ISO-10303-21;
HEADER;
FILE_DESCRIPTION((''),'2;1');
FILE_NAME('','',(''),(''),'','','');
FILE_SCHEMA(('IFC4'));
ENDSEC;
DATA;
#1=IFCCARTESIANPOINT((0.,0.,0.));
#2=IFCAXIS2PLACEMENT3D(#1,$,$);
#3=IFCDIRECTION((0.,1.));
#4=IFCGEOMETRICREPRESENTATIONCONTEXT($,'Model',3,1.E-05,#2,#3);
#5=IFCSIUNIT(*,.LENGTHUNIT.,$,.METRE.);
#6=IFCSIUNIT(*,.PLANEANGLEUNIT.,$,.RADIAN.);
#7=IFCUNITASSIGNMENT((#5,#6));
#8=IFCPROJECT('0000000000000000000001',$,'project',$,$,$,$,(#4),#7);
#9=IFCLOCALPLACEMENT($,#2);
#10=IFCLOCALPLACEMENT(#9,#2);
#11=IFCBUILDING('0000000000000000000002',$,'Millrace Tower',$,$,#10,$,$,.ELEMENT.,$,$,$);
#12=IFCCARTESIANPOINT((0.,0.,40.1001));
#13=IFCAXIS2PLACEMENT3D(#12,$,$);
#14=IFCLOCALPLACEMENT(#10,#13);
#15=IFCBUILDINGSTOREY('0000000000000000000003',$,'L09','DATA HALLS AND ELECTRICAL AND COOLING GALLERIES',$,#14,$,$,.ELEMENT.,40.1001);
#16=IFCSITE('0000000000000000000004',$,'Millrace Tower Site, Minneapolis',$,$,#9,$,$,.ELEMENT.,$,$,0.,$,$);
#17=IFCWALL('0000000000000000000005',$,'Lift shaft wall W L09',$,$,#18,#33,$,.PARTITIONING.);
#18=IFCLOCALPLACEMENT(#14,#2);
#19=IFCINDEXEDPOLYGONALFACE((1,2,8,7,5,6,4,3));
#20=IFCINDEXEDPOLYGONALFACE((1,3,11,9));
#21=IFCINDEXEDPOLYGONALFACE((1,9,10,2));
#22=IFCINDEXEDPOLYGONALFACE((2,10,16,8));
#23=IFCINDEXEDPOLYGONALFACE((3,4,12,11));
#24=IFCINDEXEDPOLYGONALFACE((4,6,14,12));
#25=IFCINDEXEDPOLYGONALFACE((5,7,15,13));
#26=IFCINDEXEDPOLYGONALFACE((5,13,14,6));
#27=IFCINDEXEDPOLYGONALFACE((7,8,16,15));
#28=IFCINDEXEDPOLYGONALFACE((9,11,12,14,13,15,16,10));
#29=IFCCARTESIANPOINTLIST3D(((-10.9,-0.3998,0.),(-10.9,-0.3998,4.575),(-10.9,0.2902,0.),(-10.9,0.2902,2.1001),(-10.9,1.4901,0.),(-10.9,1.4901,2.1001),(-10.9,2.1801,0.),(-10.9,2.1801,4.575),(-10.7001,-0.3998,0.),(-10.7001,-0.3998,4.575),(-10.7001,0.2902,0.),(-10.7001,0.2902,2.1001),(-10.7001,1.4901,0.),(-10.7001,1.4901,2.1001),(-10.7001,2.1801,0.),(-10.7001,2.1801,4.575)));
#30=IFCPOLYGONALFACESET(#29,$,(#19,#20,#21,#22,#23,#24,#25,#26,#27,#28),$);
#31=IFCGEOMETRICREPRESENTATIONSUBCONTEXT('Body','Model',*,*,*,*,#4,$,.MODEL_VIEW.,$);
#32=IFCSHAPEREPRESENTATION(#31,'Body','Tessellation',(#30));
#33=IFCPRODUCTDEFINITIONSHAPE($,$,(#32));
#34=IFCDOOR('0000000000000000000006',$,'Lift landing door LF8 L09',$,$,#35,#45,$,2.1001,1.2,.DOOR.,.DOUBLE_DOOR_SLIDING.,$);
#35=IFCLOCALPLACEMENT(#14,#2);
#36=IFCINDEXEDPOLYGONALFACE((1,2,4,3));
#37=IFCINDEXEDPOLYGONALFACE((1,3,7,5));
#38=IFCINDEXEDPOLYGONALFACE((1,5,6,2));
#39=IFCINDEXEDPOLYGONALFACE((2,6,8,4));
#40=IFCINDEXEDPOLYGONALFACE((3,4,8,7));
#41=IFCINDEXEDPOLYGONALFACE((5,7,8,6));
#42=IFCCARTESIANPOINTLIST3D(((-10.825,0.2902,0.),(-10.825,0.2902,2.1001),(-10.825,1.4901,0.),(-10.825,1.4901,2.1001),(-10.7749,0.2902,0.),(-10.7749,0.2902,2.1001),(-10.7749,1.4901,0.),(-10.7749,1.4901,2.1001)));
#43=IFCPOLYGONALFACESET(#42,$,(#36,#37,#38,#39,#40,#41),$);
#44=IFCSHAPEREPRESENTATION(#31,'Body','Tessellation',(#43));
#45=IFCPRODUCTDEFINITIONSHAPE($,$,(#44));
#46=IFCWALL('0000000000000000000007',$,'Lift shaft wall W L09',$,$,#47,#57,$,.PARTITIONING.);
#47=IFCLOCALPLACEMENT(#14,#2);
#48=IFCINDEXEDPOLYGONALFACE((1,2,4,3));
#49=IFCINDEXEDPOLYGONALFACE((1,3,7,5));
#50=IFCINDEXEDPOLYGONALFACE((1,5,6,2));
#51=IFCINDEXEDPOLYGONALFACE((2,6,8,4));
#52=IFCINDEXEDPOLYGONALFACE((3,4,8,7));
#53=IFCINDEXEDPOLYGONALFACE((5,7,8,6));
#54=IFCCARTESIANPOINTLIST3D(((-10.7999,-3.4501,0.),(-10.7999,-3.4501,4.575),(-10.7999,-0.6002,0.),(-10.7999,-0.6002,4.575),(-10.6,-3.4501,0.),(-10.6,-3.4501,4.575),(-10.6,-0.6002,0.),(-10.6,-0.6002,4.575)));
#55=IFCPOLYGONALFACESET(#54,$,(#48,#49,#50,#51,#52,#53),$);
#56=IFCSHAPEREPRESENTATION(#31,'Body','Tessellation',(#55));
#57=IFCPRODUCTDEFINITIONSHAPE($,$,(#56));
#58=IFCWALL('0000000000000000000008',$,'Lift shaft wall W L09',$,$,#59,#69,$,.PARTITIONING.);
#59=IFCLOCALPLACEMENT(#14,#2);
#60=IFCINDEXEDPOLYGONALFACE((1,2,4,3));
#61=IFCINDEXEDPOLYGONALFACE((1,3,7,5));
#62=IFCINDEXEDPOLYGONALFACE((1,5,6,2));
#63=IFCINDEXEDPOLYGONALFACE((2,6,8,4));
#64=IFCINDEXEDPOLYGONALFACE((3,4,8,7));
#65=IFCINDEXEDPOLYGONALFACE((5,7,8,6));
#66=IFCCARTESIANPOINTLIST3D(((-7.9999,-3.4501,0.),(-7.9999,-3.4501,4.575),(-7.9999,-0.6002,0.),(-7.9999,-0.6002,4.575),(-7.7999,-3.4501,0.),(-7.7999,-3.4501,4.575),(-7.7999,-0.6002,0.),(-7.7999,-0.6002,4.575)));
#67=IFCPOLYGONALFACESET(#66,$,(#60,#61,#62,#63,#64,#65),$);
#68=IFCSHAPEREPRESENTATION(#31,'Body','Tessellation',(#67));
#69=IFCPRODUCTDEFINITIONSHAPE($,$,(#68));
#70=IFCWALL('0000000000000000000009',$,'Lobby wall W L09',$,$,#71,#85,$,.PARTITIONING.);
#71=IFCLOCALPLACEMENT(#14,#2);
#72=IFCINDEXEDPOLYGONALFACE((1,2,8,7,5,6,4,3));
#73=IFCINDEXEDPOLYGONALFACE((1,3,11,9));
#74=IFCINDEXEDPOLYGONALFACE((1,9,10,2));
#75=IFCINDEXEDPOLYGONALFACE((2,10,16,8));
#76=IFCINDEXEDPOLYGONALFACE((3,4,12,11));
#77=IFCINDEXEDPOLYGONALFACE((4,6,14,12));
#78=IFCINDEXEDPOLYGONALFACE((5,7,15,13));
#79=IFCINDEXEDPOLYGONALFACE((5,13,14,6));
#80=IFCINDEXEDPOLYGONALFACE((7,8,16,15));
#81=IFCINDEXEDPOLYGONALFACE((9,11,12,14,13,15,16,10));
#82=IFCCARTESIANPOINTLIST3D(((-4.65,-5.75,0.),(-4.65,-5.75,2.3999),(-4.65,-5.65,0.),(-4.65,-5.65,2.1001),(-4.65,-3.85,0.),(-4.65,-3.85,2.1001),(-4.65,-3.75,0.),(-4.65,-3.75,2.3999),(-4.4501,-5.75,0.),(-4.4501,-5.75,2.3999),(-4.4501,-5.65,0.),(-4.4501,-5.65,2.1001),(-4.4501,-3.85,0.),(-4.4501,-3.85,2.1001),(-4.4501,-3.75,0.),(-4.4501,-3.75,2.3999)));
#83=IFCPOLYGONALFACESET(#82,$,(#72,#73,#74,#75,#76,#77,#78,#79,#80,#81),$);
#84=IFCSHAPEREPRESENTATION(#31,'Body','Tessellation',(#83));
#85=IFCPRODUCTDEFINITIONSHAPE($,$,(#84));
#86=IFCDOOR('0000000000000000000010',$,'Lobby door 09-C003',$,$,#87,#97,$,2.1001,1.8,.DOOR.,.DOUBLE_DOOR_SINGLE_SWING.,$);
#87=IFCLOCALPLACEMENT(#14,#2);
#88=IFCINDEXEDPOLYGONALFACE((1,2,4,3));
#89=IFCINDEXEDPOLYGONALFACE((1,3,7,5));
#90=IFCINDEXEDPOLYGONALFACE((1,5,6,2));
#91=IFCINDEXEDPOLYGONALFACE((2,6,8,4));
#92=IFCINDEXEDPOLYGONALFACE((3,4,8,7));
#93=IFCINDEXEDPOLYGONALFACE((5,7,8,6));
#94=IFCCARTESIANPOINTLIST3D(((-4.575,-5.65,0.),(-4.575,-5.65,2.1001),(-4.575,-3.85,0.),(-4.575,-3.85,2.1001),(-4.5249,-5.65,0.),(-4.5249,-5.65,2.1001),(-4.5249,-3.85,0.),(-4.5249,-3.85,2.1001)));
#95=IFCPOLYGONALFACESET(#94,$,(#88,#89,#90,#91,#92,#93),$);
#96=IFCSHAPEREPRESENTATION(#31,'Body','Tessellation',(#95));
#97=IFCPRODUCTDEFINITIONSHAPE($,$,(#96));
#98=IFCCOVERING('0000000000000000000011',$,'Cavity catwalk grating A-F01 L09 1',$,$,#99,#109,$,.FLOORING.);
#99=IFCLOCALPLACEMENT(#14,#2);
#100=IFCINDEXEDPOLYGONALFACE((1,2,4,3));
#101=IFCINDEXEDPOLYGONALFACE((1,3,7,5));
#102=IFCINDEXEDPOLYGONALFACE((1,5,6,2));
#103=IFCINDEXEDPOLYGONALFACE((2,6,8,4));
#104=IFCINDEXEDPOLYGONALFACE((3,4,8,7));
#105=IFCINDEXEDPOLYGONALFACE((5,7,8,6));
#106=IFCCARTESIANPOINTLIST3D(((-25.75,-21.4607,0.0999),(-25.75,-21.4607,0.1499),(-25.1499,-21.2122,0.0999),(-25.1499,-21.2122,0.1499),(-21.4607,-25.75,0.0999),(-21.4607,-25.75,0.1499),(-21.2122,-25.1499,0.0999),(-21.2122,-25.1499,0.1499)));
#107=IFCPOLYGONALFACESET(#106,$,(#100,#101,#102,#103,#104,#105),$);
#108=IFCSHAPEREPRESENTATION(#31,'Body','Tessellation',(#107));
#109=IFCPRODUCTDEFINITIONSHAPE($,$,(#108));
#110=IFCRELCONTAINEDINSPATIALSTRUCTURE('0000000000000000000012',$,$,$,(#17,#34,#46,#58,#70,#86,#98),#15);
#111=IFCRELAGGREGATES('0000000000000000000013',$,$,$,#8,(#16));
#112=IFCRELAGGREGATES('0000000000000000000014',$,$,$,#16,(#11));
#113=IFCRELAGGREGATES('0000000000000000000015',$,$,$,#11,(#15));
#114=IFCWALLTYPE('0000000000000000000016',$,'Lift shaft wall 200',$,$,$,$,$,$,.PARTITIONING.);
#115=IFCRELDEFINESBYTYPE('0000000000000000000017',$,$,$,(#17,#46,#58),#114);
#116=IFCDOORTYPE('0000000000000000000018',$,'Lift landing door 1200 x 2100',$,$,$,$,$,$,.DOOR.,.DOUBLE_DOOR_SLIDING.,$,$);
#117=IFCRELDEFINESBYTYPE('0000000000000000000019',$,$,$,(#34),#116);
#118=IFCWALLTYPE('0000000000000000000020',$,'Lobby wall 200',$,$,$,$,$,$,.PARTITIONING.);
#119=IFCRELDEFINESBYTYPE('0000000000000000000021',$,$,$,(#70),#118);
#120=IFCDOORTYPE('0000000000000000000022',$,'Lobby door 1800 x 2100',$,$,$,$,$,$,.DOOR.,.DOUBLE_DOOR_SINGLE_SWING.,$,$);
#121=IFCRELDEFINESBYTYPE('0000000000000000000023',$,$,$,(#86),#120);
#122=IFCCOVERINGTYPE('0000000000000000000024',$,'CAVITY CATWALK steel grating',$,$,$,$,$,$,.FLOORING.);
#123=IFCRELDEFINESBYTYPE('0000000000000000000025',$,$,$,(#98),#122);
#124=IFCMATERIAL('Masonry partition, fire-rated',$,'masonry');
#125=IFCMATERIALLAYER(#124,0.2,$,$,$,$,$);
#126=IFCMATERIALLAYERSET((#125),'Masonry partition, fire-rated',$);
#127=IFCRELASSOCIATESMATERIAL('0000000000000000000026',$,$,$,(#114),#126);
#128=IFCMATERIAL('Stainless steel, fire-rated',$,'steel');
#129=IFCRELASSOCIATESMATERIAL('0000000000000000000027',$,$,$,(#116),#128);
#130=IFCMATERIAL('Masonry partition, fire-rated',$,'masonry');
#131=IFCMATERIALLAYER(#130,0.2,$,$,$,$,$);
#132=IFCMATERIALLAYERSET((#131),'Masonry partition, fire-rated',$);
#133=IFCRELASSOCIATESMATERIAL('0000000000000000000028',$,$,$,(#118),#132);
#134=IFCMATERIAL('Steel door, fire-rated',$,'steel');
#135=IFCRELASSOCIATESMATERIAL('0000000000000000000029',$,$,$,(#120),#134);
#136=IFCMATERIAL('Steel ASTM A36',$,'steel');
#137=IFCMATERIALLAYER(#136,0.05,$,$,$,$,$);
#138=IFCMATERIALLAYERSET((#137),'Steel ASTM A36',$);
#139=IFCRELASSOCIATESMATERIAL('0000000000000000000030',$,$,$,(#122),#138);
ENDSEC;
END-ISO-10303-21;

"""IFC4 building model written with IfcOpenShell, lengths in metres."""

from ifc_helpers import new_model, si_unit, direction, frame, frame_2d, origin, place, context, subcontext, project, spatial, polyline, rectangle, outline, extrude, material, layer, layer_set, type_object, element, fill, save


model = new_model("IFC4")

# Units and contexts
model_context = context("Model", 3, precision=1e-05, world=origin(), true_north=direction((0.0, 1.0)))
body_context = subcontext(model_context, "Body", "Model", "MODEL_VIEW")
ifc_project = project(units=[si_unit("LENGTHUNIT", "METRE"), si_unit("PLANEANGLEUNIT", "RADIAN")], contexts=[model_context])

# Site, building, storey
site_placement = place(None, origin())
site = spatial("IfcSite", under=ifc_project, at=site_placement, Name="Millrace Tower Site, Minneapolis", CompositionType="ELEMENT", RefElevation=0.0)
building_placement = place(site_placement, origin())
building = spatial("IfcBuilding", under=site, at=building_placement, Name="Millrace Tower", CompositionType="ELEMENT")
storey_placement = place(building_placement, frame((0.0, 0.0, 40.1001)))
storey = spatial("IfcBuildingStorey", under=building, at=storey_placement, Name="L09", Description="DATA HALLS AND ELECTRICAL AND COOLING GALLERIES", CompositionType="ELEMENT", Elevation=40.1001)

# Shared definitions
ifc_material_1 = material(Name="Masonry partition, fire-rated", Category="masonry")
ifc_layer_1 = layer(ifc_material_1, 0.2)
ifc_layer_set_1 = layer_set([ifc_layer_1], Name="Masonry partition, fire-rated")
wall_type_1 = type_object("IfcWallType", Name="Lift shaft wall 200", PredefinedType="PARTITIONING", material=ifc_layer_set_1)

# Shared definitions
ifc_material_2 = material(Name="Stainless steel, fire-rated", Category="steel")
door_type_1 = type_object("IfcDoorType", Name="Lift landing door 1200 x 2100", OperationType="DOUBLE_DOOR_SLIDING", PredefinedType="DOOR", material=ifc_material_2)

# Wall, opening, door
wall_1_placement = place(storey_placement, frame((-10.8, -0.3999, 0.0), z_axis=(0.0, 0.0, 1.0), x_axis=(0.0, 1.0, 0.0)))
wall_1 = element("IfcWall", 1, at=wall_1_placement, inside=storey, type_object=wall_type_1, Name="Lift shaft wall W L09", PredefinedType="PARTITIONING", context=body_context, shape_type="SweptSolid", body=[
    extrude(rectangle(XDim=2.5798, YDim=0.2, at=frame_2d((1.29, 0.0))), origin(), (0.0, 0.0, 1.0), 4.575),
])
opening_1_placement = place(wall_1_placement, frame((0.6899, 0.0, 0.0)))
opening_1 = element("IfcOpeningElement", 2, at=opening_1_placement, cuts=wall_1, PredefinedType="OPENING", context=body_context, shape_type="SweptSolid", body=[
    extrude(rectangle(XDim=1.2, YDim=2.1001, at=frame_2d((0.6001, 1.05))), frame((0.0, 0.1099, 0.0), z_axis=(0.0, -1.0, 0.0), x_axis=(1.0, 0.0, 0.0)), (0.0, 0.0, 1.0), 0.22),
])
door_1_placement = place(opening_1_placement, origin())
door_1 = element("IfcDoor", 3, at=door_1_placement, inside=storey, type_object=door_type_1, Name="Lift landing door LF8 L09", OperationType="DOUBLE_DOOR_SLIDING", OverallHeight=2.1001, OverallWidth=1.2, PredefinedType="DOOR", context=body_context, shape_type="SweptSolid", body=[
    extrude(rectangle(XDim=1.2, YDim=2.1001, at=frame_2d((0.6001, 1.05))), frame((0.0, 0.0249, 0.0), z_axis=(0.0, -1.0, 0.0), x_axis=(1.0, 0.0, 0.0)), (0.0, 0.0, 1.0), 0.05),
])
fill(opening_1, door_1)

# Walls
for number, where, z_axis, x_axis, name in (
    (4, (-10.7, -3.45, 0.0), (0.0, 0.0, 1.0), (0.0, 1.0, 0.0), "Lift shaft wall W L09"),
    (5, (-7.8999, -3.45, 0.0), (0.0, 0.0, 1.0), (0.0, 1.0, 0.0), "Lift shaft wall W L09"),
):
    element("IfcWall", number, at=place(storey_placement, frame(where, z_axis=z_axis, x_axis=x_axis)), inside=storey, type_object=wall_type_1, Name=name, PredefinedType="PARTITIONING", context=body_context, shape_type="SweptSolid", body=[
        extrude(rectangle(XDim=2.8499, YDim=0.2, at=frame_2d((1.4248, 0.0))), origin(), (0.0, 0.0, 1.0), 4.575),
    ])

# Wall, opening, door
ifc_material_3 = material(Name="Masonry partition, fire-rated", Category="masonry")
ifc_layer_2 = layer(ifc_material_3, 0.2)
ifc_layer_set_2 = layer_set([ifc_layer_2], Name="Masonry partition, fire-rated")
wall_type_2 = type_object("IfcWallType", Name="Lobby wall 200", PredefinedType="PARTITIONING", material=ifc_layer_set_2)
wall_2_placement = place(storey_placement, frame((-4.55, -5.75, 0.0), z_axis=(0.0, 0.0, 1.0), x_axis=(0.0, 1.0, 0.0)))
wall_2 = element("IfcWall", 6, at=wall_2_placement, inside=storey, type_object=wall_type_2, Name="Lobby wall W L09", PredefinedType="PARTITIONING", context=body_context, shape_type="SweptSolid", body=[
    extrude(rectangle(XDim=2.0, YDim=0.2, at=frame_2d((1.0, 0.0))), origin(), (0.0, 0.0, 1.0), 2.3999),
])
opening_2_placement = place(wall_2_placement, frame((0.1001, 0.0, 0.0)))
opening_2 = element("IfcOpeningElement", 7, at=opening_2_placement, cuts=wall_2, PredefinedType="OPENING", context=body_context, shape_type="SweptSolid", body=[
    extrude(rectangle(XDim=1.8, YDim=2.1001, at=frame_2d((0.8999, 1.05))), frame((0.0, 0.1099, 0.0), z_axis=(0.0, -1.0, 0.0), x_axis=(1.0, 0.0, 0.0)), (0.0, 0.0, 1.0), 0.22),
])
ifc_material_4 = material(Name="Steel door, fire-rated", Category="steel")
door_type_2 = type_object("IfcDoorType", Name="Lobby door 1800 x 2100", OperationType="DOUBLE_DOOR_SINGLE_SWING", PredefinedType="DOOR", material=ifc_material_4)
door_2_placement = place(opening_2_placement, origin())
door_2 = element("IfcDoor", 8, at=door_2_placement, inside=storey, type_object=door_type_2, Name="Lobby door 09-C003", OperationType="DOUBLE_DOOR_SINGLE_SWING", OverallHeight=2.1001, OverallWidth=1.8, PredefinedType="DOOR", context=body_context, shape_type="SweptSolid", body=[
    extrude(rectangle(XDim=1.8, YDim=2.1001, at=frame_2d((0.8999, 1.05))), frame((0.0, 0.0249, 0.0), z_axis=(0.0, -1.0, 0.0), x_axis=(1.0, 0.0, 0.0)), (0.0, 0.0, 1.0), 0.05),
])
fill(opening_2, door_2)

# Covering
ifc_material_5 = material(Name="Steel ASTM A36", Category="steel")
ifc_layer_3 = layer(ifc_material_5, 0.05)
ifc_layer_set_3 = layer_set([ifc_layer_3], Name="Steel ASTM A36")
covering_type = type_object("IfcCoveringType", Name="CAVITY CATWALK steel grating", PredefinedType="FLOORING", material=ifc_layer_set_3)
covering_placement = place(storey_placement, frame((0.0, 0.0, 0.0999)))
element("IfcCovering", 9, at=covering_placement, inside=storey, type_object=covering_type, Name="Cavity catwalk grating A-F01 L09 1", PredefinedType="FLOORING", context=body_context, shape_type="SweptSolid", body=[
    extrude(outline(polyline([(-25.75, -21.4607), (-21.4607, -25.75), (-21.2122, -25.1499), (-25.1499, -21.2122), (-25.75, -21.4607)])), origin(), (0.0, 0.0, 1.0), 0.05),
])

save(model, "model.ifc")
